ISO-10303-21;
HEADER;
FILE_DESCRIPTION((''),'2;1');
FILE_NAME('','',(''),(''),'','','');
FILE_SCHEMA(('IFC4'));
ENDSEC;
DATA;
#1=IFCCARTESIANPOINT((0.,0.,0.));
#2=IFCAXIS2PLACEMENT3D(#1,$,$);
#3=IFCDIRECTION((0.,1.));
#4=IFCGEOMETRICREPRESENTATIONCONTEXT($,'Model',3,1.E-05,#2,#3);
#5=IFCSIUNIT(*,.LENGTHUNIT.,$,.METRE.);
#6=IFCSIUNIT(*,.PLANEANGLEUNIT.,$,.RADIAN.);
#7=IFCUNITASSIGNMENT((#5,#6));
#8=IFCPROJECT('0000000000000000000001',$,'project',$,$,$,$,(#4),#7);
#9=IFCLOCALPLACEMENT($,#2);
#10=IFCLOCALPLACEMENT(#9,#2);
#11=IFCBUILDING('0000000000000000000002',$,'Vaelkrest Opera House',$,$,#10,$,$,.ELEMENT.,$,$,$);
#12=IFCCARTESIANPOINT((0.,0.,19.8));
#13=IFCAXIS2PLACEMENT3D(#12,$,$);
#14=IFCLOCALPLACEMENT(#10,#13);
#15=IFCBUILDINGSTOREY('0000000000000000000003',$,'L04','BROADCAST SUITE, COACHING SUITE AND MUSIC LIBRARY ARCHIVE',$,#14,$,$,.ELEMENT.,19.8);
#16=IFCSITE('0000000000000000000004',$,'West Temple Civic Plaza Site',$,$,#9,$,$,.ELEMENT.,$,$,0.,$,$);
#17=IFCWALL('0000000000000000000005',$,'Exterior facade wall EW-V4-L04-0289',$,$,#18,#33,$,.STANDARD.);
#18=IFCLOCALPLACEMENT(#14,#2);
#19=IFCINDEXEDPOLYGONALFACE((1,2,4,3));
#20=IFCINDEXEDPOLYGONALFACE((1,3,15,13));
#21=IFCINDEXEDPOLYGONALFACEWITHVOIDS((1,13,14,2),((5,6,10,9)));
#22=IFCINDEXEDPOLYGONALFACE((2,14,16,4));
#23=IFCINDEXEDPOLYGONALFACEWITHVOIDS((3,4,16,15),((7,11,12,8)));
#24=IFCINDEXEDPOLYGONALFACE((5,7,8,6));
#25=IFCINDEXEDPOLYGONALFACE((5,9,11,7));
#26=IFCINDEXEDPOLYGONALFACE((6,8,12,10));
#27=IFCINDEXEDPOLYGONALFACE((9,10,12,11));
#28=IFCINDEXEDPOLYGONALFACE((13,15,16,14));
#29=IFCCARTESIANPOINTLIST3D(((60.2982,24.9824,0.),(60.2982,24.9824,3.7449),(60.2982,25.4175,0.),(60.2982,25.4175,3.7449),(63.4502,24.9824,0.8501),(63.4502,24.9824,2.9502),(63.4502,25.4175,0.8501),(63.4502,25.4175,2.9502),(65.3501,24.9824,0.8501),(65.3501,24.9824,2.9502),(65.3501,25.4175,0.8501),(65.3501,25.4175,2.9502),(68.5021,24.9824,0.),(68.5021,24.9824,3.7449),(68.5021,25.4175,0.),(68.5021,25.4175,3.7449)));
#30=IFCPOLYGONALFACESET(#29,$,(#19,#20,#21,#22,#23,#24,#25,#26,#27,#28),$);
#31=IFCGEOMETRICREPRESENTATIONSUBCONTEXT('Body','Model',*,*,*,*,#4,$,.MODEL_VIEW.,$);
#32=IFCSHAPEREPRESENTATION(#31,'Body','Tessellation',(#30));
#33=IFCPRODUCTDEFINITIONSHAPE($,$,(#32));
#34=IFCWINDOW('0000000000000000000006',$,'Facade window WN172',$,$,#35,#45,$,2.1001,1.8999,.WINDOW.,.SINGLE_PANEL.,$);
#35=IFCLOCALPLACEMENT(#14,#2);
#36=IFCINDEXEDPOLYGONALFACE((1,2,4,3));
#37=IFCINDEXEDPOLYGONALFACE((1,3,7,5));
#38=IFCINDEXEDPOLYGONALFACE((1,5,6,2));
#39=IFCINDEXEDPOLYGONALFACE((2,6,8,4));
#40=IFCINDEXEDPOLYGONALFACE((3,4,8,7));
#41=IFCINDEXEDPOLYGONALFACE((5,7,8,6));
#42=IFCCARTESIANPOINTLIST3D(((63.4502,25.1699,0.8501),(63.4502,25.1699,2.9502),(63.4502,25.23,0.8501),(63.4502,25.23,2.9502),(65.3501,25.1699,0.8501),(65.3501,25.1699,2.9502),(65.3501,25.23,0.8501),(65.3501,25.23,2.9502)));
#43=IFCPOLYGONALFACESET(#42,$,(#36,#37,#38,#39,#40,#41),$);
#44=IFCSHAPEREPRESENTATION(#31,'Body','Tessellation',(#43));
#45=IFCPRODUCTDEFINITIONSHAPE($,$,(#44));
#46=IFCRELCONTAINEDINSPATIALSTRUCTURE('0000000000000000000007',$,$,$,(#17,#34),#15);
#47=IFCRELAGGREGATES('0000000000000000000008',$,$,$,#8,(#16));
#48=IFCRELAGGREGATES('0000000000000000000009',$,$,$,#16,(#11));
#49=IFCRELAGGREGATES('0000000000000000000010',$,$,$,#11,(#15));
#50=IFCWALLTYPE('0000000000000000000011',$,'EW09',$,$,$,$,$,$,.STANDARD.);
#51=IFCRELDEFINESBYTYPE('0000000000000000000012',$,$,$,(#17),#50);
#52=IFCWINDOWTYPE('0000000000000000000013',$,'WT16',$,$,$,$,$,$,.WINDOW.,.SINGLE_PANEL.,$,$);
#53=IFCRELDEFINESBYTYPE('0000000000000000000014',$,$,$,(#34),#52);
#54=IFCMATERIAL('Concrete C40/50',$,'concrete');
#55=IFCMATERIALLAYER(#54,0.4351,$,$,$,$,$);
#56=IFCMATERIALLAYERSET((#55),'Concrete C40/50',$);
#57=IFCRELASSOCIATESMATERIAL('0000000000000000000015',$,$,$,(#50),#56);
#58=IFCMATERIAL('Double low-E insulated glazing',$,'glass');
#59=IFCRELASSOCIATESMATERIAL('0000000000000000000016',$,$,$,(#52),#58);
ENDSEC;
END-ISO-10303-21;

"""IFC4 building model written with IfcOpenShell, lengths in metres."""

from ifc_helpers import new_model, si_unit, direction, frame, frame_2d, origin, place, context, subcontext, project, spatial, rectangle, extrude, material, layer, layer_set, type_object, element, fill, save


model = new_model("IFC4")

# Units and contexts
model_context = context("Model", 3, precision=1e-05, world=origin(), true_north=direction((0.0, 1.0)))
body_context = subcontext(model_context, "Body", "Model", "MODEL_VIEW")
ifc_project = project(units=[si_unit("LENGTHUNIT", "METRE"), si_unit("PLANEANGLEUNIT", "RADIAN")], contexts=[model_context])

# Site, building, storey
site_placement = place(None, origin())
site = spatial("IfcSite", under=ifc_project, at=site_placement, Name="West Temple Civic Plaza Site", CompositionType="ELEMENT", RefElevation=0.0)
building_placement = place(site_placement, origin())
building = spatial("IfcBuilding", under=site, at=building_placement, Name="Vaelkrest Opera House", CompositionType="ELEMENT")
storey_placement = place(building_placement, frame((0.0, 0.0, 19.8)))
storey = spatial("IfcBuildingStorey", under=building, at=storey_placement, Name="L04", Description="BROADCAST SUITE, COACHING SUITE AND MUSIC LIBRARY ARCHIVE", CompositionType="ELEMENT", Elevation=19.8)

# Wall, opening, window
ifc_material_1 = material(Name="Concrete C40/50", Category="concrete")
ifc_material_2 = material(Name="Double low-E insulated glazing", Category="glass")
ifc_layer_1 = layer(ifc_material_1, 0.4351)
ifc_layer_set_1 = layer_set([ifc_layer_1], Name="Concrete C40/50")
wall_type_1 = type_object("IfcWallType", Name="EW09", PredefinedType="STANDARD", material=ifc_layer_set_1)
wall_1_placement = place(storey_placement, frame((60.2981, 25.2, 0.0), z_axis=(0.0, 0.0, 1.0), x_axis=(1.0, 0.0, 0.0)))
wall_1 = element("IfcWall", 1, at=wall_1_placement, inside=storey, type_object=wall_type_1, Name="Exterior facade wall EW-V4-L04-0289", PredefinedType="STANDARD", context=body_context, shape_type="SweptSolid", body=[
    extrude(rectangle(XDim=8.2039, YDim=0.4351, at=frame_2d((4.1021, 0.0))), origin(), (0.0, 0.0, 1.0), 3.7449),
])
opening_1_placement = place(wall_1_placement, frame((3.1521, 0.0, 0.8501)))
opening_1 = element("IfcOpeningElement", 2, at=opening_1_placement, cuts=wall_1, PredefinedType="OPENING", context=body_context, shape_type="SweptSolid", body=[
    extrude(rectangle(XDim=1.8999, YDim=2.1001, at=frame_2d((0.95, 1.05))), frame((0.0, 0.2275, 0.0), z_axis=(0.0, -1.0, 0.0), x_axis=(1.0, 0.0, 0.0)), (0.0, 0.0, 1.0), 0.4551),
])
window_type_1 = type_object("IfcWindowType", Name="WT16", PartitioningType="SINGLE_PANEL", PredefinedType="WINDOW", material=ifc_material_2)
window_1_placement = place(opening_1_placement, origin())
window_1 = element("IfcWindow", 3, at=window_1_placement, inside=storey, type_object=window_type_1, Name="Facade window WN172", OverallHeight=2.1001, OverallWidth=1.8999, PartitioningType="SINGLE_PANEL", PredefinedType="WINDOW", context=body_context, shape_type="SweptSolid", body=[
    extrude(rectangle(XDim=1.8999, YDim=2.1001, at=frame_2d((0.95, 1.05))), frame((0.0, 0.03, 0.0), z_axis=(0.0, -1.0, 0.0), x_axis=(1.0, 0.0, 0.0)), (0.0, 0.0, 1.0), 0.0601),
])
fill(opening_1, window_1)

save(model, "model.ifc")
